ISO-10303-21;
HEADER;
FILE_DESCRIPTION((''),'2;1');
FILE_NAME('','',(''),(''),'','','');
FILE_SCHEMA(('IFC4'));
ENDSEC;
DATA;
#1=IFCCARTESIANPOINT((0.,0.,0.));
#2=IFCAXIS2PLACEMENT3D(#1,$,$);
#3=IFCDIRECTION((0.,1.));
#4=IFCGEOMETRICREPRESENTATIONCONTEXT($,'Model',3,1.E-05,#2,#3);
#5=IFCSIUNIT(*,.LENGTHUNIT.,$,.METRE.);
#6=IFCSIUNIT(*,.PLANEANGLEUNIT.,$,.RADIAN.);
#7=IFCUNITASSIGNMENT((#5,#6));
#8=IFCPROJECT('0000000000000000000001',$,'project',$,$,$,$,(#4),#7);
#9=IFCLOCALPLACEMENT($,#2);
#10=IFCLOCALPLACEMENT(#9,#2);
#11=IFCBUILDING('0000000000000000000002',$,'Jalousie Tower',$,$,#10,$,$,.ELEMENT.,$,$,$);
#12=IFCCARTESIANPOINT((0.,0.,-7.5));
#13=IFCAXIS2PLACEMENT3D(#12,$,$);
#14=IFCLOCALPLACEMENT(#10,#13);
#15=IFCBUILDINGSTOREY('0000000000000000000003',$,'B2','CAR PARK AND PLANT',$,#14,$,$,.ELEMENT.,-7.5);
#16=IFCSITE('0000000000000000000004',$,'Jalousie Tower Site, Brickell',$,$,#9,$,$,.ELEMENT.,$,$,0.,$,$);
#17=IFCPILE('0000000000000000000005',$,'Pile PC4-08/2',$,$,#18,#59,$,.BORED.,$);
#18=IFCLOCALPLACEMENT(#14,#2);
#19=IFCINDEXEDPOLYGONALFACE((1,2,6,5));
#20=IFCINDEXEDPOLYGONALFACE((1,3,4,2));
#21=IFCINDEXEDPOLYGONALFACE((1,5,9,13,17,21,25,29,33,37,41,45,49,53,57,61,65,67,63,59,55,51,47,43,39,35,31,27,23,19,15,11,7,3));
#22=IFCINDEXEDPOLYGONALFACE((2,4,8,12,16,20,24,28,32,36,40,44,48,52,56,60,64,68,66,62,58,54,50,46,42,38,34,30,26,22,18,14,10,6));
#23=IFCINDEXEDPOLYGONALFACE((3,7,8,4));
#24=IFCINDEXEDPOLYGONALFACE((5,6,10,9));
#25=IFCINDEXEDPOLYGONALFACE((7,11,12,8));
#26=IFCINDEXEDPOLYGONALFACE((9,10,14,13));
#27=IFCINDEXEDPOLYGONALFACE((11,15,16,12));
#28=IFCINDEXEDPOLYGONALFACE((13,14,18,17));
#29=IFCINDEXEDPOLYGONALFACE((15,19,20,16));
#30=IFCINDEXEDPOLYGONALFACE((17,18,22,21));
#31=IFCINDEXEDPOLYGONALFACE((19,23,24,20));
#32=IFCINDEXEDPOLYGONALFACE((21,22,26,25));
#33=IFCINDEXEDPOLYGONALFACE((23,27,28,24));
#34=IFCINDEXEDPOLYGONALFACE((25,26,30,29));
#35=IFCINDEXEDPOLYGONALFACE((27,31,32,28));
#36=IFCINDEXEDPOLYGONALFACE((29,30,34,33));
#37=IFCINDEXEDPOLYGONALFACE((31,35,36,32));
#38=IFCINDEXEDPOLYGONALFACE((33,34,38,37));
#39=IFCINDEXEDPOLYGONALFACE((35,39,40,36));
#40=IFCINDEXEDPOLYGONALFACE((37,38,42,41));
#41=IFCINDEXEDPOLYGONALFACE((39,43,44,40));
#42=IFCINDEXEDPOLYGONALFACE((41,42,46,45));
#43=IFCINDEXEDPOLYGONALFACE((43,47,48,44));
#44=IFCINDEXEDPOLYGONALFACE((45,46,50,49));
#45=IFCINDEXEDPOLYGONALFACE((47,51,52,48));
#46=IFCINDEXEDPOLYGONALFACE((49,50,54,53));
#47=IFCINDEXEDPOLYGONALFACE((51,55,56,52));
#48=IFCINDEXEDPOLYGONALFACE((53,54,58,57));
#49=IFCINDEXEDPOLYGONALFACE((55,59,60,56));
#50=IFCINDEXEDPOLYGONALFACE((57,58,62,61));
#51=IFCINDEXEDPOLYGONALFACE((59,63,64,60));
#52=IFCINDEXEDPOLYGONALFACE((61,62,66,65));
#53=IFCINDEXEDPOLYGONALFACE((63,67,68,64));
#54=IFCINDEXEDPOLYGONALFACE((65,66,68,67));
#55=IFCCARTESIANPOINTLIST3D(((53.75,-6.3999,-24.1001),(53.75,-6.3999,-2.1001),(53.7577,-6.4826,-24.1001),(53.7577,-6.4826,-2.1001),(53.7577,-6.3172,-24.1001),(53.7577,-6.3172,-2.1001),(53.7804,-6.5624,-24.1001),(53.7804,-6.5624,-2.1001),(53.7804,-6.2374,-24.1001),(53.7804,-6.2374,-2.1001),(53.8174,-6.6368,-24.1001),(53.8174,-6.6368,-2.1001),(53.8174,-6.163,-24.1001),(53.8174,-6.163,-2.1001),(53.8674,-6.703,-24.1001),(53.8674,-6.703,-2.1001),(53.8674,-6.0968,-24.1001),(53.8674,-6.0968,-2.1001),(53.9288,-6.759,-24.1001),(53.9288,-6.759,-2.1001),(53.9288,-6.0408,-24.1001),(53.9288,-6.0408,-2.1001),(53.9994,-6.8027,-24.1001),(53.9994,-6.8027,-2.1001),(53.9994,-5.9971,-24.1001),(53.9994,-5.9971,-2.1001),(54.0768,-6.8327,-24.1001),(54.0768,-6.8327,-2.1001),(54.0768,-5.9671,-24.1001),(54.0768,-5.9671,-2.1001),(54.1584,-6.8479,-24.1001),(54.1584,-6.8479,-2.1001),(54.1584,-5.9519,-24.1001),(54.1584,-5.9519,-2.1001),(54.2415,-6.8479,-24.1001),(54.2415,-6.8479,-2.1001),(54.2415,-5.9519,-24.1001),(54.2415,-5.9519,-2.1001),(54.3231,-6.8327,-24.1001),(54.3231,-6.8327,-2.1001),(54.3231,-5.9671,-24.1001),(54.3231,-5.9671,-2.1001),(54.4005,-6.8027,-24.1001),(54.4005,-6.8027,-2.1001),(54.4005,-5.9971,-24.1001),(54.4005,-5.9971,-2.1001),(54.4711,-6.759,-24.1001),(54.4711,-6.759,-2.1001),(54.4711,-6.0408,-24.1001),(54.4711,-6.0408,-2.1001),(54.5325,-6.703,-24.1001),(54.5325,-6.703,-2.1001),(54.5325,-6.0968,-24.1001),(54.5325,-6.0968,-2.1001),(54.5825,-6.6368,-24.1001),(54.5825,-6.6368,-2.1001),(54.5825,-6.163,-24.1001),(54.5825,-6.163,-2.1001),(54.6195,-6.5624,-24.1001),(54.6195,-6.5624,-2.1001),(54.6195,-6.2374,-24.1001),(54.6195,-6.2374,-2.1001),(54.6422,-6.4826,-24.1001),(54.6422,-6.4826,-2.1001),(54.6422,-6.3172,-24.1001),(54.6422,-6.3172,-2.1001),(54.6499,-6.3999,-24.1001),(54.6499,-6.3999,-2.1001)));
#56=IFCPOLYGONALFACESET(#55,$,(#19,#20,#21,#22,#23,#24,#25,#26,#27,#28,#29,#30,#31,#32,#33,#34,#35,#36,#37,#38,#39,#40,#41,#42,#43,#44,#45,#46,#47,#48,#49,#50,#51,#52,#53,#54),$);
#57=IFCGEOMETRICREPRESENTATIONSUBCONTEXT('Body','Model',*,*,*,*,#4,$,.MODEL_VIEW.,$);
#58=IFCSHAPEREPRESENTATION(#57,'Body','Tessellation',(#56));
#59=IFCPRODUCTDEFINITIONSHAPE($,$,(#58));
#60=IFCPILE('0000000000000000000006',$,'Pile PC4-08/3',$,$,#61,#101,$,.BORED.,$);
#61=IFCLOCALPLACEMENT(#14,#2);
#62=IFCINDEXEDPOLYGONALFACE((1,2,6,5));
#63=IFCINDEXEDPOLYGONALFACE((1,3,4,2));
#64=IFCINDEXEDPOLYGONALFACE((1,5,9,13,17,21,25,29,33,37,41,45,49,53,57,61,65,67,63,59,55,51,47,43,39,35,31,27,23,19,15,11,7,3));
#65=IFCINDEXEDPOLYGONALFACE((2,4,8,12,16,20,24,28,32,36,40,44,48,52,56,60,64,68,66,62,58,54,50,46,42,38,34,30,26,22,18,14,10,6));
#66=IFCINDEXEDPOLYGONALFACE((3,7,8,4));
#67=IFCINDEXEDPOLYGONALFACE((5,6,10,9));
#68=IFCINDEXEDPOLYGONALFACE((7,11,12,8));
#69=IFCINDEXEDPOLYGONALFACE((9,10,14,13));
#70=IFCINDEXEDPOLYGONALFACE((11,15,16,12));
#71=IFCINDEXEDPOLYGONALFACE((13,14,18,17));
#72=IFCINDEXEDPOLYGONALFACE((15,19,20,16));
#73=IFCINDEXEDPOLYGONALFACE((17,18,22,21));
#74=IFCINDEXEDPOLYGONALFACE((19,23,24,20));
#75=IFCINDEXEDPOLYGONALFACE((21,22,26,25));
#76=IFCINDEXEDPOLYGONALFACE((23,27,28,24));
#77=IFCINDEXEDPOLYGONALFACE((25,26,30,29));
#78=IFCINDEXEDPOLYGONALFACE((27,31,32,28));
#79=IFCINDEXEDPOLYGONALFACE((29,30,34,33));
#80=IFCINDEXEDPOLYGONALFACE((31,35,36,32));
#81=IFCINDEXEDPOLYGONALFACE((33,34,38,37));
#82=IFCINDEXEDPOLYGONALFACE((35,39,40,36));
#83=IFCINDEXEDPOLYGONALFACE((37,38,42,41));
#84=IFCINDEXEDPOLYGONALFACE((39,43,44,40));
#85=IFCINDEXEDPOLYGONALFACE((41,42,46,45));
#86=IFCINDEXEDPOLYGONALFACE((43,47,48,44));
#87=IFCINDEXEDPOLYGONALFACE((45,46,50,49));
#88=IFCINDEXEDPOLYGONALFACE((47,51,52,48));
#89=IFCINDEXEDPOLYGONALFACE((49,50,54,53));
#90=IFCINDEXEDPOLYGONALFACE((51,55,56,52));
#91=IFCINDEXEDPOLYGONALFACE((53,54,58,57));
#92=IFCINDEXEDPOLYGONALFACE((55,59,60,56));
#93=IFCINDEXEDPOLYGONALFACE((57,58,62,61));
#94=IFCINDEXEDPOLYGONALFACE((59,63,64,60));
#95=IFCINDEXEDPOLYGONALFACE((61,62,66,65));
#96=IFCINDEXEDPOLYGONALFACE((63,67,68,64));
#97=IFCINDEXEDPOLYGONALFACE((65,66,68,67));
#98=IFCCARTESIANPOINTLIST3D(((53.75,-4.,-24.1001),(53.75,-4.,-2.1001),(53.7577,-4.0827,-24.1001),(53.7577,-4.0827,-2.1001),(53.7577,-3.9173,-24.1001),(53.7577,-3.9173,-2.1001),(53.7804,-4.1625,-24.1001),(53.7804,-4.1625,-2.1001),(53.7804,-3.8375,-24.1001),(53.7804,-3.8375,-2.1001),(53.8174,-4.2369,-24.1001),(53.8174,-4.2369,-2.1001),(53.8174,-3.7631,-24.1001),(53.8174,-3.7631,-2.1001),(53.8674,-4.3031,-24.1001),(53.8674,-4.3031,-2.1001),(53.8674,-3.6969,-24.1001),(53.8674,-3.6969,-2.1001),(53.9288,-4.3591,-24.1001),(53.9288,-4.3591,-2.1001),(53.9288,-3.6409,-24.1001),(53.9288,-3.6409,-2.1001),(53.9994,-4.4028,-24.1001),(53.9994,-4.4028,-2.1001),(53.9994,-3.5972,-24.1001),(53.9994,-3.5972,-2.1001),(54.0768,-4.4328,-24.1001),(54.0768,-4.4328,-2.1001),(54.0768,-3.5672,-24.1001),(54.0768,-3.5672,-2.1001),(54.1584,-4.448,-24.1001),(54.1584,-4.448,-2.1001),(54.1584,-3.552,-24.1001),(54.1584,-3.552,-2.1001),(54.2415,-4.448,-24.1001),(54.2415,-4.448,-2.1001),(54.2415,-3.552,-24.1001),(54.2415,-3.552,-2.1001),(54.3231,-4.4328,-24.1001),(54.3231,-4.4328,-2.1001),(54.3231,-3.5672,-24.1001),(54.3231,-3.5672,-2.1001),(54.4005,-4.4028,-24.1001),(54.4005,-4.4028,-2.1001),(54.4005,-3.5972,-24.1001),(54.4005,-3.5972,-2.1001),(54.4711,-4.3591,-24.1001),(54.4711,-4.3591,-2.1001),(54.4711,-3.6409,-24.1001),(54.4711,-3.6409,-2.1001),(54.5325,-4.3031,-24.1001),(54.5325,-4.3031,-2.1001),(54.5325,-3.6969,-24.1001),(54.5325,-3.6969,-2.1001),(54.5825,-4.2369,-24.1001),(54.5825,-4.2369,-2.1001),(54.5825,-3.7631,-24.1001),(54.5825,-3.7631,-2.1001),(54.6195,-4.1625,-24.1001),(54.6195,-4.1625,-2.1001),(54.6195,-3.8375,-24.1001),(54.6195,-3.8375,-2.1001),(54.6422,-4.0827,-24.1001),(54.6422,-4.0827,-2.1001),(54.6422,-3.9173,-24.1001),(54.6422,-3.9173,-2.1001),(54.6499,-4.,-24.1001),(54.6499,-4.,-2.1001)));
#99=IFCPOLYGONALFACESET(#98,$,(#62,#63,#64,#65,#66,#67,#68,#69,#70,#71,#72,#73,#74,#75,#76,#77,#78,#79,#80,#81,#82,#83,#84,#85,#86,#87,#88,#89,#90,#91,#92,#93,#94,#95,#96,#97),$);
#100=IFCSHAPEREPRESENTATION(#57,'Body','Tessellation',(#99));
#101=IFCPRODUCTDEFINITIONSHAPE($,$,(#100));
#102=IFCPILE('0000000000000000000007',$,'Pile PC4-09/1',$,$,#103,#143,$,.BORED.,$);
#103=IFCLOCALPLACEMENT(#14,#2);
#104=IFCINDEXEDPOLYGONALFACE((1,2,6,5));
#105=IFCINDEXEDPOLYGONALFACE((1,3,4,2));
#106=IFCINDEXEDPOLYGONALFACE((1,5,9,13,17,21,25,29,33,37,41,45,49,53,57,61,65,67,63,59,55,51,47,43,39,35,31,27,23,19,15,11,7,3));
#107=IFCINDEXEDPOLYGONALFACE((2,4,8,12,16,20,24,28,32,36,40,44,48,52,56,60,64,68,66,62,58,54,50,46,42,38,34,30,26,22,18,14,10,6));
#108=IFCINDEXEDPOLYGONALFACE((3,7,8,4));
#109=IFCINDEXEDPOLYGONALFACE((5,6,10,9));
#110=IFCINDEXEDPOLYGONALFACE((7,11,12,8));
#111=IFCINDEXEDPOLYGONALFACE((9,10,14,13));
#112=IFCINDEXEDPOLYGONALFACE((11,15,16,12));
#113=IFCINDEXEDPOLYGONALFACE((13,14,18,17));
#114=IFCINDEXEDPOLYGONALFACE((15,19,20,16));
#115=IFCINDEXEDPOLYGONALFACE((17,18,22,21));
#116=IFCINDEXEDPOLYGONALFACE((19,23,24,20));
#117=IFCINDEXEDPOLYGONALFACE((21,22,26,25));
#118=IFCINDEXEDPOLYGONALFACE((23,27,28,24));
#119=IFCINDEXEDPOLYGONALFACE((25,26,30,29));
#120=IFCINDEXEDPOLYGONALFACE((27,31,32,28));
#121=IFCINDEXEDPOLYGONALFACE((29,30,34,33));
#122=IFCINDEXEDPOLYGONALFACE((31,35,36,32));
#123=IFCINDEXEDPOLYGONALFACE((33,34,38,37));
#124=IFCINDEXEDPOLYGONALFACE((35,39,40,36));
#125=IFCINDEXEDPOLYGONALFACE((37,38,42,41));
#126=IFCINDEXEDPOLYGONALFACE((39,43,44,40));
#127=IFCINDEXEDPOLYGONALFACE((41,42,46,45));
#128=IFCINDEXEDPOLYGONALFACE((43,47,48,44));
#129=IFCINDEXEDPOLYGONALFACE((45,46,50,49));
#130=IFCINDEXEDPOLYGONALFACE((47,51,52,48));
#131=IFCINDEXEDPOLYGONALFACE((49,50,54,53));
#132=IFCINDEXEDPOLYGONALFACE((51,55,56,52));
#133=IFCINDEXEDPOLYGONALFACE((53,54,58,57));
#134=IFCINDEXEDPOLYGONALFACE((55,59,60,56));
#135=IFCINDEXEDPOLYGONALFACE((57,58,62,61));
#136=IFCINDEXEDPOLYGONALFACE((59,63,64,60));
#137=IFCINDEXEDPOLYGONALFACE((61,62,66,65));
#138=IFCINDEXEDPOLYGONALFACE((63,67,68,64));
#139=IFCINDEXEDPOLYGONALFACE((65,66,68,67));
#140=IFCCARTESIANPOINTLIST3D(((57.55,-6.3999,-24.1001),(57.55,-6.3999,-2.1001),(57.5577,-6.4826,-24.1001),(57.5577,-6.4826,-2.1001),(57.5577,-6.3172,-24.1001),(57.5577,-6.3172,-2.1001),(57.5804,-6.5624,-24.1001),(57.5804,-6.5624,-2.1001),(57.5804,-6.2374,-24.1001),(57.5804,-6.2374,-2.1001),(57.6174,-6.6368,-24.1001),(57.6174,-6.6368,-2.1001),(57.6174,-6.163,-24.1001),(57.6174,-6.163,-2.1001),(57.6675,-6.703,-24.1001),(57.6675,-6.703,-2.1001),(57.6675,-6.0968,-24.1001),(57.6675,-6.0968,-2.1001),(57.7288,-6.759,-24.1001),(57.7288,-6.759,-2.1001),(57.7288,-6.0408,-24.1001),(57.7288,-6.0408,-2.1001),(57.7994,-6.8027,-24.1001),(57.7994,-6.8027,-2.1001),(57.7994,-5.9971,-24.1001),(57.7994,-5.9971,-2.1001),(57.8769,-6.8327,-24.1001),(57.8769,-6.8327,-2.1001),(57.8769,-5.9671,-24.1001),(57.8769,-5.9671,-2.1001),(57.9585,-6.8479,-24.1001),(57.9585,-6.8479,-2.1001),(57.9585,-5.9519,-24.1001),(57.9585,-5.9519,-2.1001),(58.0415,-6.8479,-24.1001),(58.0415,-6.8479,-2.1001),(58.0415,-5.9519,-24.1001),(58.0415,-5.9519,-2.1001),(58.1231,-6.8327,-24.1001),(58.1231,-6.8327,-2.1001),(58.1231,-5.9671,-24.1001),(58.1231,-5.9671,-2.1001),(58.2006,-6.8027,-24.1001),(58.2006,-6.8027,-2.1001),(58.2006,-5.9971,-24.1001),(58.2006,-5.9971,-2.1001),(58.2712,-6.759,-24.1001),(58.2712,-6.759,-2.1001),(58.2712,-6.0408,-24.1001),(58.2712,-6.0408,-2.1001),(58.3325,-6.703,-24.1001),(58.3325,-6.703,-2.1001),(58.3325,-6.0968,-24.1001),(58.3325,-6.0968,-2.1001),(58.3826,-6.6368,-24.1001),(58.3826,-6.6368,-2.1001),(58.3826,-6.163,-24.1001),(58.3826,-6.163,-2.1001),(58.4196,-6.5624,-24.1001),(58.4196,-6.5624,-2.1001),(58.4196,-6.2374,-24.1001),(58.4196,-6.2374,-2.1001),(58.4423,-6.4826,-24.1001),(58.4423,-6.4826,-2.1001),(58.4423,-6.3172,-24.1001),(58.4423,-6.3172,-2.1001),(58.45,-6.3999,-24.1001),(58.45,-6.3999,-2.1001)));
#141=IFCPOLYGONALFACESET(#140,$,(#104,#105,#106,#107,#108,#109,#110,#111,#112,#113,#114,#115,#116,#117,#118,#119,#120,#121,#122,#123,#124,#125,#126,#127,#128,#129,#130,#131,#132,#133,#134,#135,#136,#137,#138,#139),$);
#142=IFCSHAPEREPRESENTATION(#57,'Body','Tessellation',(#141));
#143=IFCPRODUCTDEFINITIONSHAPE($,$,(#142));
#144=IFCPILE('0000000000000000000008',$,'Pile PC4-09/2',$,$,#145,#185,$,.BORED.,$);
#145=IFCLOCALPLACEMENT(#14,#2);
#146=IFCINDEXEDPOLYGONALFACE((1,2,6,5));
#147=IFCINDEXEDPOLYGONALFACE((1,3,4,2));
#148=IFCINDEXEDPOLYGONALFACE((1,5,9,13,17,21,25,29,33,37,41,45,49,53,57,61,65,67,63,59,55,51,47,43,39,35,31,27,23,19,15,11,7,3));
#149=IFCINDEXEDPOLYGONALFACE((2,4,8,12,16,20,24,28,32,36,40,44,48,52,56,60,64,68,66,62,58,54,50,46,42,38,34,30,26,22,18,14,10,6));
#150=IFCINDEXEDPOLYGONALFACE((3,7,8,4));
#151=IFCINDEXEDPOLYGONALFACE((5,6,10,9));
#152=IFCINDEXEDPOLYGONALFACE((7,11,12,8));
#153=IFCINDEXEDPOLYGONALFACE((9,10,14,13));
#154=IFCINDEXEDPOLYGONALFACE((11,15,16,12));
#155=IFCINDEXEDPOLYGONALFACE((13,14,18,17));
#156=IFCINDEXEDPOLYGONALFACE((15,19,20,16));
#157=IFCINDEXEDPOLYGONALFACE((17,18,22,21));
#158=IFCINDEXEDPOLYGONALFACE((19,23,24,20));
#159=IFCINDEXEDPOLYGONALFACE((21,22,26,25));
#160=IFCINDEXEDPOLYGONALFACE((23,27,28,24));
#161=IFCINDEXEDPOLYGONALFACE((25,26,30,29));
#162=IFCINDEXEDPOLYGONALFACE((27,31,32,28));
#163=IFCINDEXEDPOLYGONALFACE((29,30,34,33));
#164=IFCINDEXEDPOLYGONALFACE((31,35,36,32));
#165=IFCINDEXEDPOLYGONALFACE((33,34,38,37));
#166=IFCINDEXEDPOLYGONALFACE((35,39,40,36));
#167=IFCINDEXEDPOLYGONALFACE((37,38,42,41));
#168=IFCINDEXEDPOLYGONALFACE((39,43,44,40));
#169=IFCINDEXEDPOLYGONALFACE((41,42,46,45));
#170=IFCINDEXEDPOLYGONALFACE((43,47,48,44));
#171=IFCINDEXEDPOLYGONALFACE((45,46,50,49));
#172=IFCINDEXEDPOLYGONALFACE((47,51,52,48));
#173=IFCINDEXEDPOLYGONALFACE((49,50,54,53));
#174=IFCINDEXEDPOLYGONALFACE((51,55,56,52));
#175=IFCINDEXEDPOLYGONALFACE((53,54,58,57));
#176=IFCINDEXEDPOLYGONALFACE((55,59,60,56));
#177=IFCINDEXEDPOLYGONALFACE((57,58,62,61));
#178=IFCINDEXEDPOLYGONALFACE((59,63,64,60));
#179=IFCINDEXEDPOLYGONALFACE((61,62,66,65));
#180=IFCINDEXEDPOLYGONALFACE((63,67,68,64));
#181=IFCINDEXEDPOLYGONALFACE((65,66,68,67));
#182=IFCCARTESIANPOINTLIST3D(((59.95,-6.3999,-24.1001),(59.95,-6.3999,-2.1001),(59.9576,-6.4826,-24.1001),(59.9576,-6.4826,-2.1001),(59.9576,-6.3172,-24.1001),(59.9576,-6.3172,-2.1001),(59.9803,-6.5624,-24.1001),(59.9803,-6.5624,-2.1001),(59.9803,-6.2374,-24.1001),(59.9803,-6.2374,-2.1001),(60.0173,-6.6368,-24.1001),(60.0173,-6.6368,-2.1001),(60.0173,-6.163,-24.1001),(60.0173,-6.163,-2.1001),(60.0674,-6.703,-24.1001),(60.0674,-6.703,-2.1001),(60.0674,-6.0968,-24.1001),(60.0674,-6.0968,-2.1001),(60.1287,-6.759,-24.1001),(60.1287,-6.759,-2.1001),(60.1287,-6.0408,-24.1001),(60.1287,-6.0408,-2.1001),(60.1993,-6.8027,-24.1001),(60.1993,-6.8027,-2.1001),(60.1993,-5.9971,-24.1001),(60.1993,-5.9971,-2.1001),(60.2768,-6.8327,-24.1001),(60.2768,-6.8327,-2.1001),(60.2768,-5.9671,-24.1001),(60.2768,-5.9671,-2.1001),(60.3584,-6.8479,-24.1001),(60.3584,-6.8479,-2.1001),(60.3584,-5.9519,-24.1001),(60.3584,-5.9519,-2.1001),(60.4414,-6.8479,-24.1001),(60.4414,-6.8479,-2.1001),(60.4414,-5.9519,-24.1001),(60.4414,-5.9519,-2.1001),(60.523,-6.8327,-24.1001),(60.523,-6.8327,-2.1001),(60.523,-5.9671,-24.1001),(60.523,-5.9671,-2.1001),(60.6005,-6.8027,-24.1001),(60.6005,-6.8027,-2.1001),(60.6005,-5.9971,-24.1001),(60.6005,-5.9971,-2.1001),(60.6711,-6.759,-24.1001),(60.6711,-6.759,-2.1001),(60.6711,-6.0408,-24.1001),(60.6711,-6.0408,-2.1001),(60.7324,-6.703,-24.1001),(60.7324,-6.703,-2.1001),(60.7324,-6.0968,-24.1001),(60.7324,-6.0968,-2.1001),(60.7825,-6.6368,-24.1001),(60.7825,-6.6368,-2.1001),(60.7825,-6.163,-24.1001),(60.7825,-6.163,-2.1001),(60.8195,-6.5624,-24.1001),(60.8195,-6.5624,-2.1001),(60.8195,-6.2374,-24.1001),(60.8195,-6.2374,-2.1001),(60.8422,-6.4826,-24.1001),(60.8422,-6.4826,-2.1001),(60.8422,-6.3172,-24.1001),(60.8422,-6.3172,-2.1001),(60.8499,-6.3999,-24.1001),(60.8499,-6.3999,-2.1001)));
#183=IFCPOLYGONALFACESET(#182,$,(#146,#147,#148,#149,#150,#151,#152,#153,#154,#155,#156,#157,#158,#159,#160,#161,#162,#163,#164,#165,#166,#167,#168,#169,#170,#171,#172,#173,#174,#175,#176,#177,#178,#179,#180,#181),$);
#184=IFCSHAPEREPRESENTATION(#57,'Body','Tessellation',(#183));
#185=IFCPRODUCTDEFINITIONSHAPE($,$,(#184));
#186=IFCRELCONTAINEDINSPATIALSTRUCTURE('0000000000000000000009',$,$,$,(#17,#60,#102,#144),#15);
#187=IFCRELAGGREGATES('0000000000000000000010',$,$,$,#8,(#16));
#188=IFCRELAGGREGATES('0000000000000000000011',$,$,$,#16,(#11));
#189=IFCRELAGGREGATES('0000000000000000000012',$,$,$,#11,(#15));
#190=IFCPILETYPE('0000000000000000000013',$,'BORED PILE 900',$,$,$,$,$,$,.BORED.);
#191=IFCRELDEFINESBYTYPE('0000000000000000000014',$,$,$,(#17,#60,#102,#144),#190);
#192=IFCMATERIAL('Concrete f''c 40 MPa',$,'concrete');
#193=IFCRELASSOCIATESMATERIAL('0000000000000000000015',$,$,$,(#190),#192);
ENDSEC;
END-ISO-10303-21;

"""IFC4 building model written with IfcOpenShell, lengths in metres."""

from ifc_helpers import new_model, si_unit, direction, frame, origin, origin_2d, place, context, subcontext, project, spatial, circle, extrude, material, material_profile, profile_set, type_object, element, save


model = new_model("IFC4")

# Units and contexts
model_context = context("Model", 3, precision=1e-05, world=origin(), true_north=direction((0.0, 1.0)))
body_context = subcontext(model_context, "Body", "Model", "MODEL_VIEW")
ifc_project = project(units=[si_unit("LENGTHUNIT", "METRE"), si_unit("PLANEANGLEUNIT", "RADIAN")], contexts=[model_context])

# Site, building, storey
site_placement = place(None, origin())
site = spatial("IfcSite", under=ifc_project, at=site_placement, Name="Jalousie Tower Site, Brickell", CompositionType="ELEMENT", RefElevation=0.0)
building_placement = place(site_placement, origin())
building = spatial("IfcBuilding", under=site, at=building_placement, Name="Jalousie Tower", CompositionType="ELEMENT")
storey_placement = place(building_placement, frame((0.0, 0.0, -7.5)))
storey = spatial("IfcBuildingStorey", under=building, at=storey_placement, Name="B2", Description="CAR PARK AND PLANT", CompositionType="ELEMENT", Elevation=-7.5)

# Piles
ifc_material_1 = material(Name="Concrete f'c 40 MPa", Category="concrete")
ifc_material_profile_1 = material_profile(ifc_material_1, circle(Radius=0.45, at=origin_2d()), Name="BORED PILE D900")
ifc_profile_set_1 = profile_set([ifc_material_profile_1], Name="Concrete f'c 40 MPa")
pile_type = type_object("IfcPileType", Name="BORED PILE 900", PredefinedType="BORED", material=ifc_profile_set_1)
for number, where, z_axis, x_axis, name in (
    (1, (54.2, -6.3999, -2.1001), (0.0, 0.0, -1.0), (1.0, 0.0, 0.0), "Pile PC4-08/2"),
    (2, (54.2, -4.0, -2.1001), (0.0, 0.0, -1.0), (1.0, 0.0, 0.0), "Pile PC4-08/3"),
    (3, (58.0, -6.3999, -2.1001), (0.0, 0.0, -1.0), (1.0, 0.0, 0.0), "Pile PC4-09/1"),
    (4, (60.3999, -6.3999, -2.1001), (0.0, 0.0, -1.0), (1.0, 0.0, 0.0), "Pile PC4-09/2"),
):
    element("IfcPile", number, at=place(storey_placement, frame(where, z_axis=z_axis, x_axis=x_axis)), inside=storey, type_object=pile_type, Name=name, PredefinedType="BORED", context=body_context, shape_type="SweptSolid", body=[
        extrude(circle(Radius=0.45, at=origin_2d()), origin(), (0.0, 0.0, 1.0), 22.0),
    ])

save(model, "model.ifc")
